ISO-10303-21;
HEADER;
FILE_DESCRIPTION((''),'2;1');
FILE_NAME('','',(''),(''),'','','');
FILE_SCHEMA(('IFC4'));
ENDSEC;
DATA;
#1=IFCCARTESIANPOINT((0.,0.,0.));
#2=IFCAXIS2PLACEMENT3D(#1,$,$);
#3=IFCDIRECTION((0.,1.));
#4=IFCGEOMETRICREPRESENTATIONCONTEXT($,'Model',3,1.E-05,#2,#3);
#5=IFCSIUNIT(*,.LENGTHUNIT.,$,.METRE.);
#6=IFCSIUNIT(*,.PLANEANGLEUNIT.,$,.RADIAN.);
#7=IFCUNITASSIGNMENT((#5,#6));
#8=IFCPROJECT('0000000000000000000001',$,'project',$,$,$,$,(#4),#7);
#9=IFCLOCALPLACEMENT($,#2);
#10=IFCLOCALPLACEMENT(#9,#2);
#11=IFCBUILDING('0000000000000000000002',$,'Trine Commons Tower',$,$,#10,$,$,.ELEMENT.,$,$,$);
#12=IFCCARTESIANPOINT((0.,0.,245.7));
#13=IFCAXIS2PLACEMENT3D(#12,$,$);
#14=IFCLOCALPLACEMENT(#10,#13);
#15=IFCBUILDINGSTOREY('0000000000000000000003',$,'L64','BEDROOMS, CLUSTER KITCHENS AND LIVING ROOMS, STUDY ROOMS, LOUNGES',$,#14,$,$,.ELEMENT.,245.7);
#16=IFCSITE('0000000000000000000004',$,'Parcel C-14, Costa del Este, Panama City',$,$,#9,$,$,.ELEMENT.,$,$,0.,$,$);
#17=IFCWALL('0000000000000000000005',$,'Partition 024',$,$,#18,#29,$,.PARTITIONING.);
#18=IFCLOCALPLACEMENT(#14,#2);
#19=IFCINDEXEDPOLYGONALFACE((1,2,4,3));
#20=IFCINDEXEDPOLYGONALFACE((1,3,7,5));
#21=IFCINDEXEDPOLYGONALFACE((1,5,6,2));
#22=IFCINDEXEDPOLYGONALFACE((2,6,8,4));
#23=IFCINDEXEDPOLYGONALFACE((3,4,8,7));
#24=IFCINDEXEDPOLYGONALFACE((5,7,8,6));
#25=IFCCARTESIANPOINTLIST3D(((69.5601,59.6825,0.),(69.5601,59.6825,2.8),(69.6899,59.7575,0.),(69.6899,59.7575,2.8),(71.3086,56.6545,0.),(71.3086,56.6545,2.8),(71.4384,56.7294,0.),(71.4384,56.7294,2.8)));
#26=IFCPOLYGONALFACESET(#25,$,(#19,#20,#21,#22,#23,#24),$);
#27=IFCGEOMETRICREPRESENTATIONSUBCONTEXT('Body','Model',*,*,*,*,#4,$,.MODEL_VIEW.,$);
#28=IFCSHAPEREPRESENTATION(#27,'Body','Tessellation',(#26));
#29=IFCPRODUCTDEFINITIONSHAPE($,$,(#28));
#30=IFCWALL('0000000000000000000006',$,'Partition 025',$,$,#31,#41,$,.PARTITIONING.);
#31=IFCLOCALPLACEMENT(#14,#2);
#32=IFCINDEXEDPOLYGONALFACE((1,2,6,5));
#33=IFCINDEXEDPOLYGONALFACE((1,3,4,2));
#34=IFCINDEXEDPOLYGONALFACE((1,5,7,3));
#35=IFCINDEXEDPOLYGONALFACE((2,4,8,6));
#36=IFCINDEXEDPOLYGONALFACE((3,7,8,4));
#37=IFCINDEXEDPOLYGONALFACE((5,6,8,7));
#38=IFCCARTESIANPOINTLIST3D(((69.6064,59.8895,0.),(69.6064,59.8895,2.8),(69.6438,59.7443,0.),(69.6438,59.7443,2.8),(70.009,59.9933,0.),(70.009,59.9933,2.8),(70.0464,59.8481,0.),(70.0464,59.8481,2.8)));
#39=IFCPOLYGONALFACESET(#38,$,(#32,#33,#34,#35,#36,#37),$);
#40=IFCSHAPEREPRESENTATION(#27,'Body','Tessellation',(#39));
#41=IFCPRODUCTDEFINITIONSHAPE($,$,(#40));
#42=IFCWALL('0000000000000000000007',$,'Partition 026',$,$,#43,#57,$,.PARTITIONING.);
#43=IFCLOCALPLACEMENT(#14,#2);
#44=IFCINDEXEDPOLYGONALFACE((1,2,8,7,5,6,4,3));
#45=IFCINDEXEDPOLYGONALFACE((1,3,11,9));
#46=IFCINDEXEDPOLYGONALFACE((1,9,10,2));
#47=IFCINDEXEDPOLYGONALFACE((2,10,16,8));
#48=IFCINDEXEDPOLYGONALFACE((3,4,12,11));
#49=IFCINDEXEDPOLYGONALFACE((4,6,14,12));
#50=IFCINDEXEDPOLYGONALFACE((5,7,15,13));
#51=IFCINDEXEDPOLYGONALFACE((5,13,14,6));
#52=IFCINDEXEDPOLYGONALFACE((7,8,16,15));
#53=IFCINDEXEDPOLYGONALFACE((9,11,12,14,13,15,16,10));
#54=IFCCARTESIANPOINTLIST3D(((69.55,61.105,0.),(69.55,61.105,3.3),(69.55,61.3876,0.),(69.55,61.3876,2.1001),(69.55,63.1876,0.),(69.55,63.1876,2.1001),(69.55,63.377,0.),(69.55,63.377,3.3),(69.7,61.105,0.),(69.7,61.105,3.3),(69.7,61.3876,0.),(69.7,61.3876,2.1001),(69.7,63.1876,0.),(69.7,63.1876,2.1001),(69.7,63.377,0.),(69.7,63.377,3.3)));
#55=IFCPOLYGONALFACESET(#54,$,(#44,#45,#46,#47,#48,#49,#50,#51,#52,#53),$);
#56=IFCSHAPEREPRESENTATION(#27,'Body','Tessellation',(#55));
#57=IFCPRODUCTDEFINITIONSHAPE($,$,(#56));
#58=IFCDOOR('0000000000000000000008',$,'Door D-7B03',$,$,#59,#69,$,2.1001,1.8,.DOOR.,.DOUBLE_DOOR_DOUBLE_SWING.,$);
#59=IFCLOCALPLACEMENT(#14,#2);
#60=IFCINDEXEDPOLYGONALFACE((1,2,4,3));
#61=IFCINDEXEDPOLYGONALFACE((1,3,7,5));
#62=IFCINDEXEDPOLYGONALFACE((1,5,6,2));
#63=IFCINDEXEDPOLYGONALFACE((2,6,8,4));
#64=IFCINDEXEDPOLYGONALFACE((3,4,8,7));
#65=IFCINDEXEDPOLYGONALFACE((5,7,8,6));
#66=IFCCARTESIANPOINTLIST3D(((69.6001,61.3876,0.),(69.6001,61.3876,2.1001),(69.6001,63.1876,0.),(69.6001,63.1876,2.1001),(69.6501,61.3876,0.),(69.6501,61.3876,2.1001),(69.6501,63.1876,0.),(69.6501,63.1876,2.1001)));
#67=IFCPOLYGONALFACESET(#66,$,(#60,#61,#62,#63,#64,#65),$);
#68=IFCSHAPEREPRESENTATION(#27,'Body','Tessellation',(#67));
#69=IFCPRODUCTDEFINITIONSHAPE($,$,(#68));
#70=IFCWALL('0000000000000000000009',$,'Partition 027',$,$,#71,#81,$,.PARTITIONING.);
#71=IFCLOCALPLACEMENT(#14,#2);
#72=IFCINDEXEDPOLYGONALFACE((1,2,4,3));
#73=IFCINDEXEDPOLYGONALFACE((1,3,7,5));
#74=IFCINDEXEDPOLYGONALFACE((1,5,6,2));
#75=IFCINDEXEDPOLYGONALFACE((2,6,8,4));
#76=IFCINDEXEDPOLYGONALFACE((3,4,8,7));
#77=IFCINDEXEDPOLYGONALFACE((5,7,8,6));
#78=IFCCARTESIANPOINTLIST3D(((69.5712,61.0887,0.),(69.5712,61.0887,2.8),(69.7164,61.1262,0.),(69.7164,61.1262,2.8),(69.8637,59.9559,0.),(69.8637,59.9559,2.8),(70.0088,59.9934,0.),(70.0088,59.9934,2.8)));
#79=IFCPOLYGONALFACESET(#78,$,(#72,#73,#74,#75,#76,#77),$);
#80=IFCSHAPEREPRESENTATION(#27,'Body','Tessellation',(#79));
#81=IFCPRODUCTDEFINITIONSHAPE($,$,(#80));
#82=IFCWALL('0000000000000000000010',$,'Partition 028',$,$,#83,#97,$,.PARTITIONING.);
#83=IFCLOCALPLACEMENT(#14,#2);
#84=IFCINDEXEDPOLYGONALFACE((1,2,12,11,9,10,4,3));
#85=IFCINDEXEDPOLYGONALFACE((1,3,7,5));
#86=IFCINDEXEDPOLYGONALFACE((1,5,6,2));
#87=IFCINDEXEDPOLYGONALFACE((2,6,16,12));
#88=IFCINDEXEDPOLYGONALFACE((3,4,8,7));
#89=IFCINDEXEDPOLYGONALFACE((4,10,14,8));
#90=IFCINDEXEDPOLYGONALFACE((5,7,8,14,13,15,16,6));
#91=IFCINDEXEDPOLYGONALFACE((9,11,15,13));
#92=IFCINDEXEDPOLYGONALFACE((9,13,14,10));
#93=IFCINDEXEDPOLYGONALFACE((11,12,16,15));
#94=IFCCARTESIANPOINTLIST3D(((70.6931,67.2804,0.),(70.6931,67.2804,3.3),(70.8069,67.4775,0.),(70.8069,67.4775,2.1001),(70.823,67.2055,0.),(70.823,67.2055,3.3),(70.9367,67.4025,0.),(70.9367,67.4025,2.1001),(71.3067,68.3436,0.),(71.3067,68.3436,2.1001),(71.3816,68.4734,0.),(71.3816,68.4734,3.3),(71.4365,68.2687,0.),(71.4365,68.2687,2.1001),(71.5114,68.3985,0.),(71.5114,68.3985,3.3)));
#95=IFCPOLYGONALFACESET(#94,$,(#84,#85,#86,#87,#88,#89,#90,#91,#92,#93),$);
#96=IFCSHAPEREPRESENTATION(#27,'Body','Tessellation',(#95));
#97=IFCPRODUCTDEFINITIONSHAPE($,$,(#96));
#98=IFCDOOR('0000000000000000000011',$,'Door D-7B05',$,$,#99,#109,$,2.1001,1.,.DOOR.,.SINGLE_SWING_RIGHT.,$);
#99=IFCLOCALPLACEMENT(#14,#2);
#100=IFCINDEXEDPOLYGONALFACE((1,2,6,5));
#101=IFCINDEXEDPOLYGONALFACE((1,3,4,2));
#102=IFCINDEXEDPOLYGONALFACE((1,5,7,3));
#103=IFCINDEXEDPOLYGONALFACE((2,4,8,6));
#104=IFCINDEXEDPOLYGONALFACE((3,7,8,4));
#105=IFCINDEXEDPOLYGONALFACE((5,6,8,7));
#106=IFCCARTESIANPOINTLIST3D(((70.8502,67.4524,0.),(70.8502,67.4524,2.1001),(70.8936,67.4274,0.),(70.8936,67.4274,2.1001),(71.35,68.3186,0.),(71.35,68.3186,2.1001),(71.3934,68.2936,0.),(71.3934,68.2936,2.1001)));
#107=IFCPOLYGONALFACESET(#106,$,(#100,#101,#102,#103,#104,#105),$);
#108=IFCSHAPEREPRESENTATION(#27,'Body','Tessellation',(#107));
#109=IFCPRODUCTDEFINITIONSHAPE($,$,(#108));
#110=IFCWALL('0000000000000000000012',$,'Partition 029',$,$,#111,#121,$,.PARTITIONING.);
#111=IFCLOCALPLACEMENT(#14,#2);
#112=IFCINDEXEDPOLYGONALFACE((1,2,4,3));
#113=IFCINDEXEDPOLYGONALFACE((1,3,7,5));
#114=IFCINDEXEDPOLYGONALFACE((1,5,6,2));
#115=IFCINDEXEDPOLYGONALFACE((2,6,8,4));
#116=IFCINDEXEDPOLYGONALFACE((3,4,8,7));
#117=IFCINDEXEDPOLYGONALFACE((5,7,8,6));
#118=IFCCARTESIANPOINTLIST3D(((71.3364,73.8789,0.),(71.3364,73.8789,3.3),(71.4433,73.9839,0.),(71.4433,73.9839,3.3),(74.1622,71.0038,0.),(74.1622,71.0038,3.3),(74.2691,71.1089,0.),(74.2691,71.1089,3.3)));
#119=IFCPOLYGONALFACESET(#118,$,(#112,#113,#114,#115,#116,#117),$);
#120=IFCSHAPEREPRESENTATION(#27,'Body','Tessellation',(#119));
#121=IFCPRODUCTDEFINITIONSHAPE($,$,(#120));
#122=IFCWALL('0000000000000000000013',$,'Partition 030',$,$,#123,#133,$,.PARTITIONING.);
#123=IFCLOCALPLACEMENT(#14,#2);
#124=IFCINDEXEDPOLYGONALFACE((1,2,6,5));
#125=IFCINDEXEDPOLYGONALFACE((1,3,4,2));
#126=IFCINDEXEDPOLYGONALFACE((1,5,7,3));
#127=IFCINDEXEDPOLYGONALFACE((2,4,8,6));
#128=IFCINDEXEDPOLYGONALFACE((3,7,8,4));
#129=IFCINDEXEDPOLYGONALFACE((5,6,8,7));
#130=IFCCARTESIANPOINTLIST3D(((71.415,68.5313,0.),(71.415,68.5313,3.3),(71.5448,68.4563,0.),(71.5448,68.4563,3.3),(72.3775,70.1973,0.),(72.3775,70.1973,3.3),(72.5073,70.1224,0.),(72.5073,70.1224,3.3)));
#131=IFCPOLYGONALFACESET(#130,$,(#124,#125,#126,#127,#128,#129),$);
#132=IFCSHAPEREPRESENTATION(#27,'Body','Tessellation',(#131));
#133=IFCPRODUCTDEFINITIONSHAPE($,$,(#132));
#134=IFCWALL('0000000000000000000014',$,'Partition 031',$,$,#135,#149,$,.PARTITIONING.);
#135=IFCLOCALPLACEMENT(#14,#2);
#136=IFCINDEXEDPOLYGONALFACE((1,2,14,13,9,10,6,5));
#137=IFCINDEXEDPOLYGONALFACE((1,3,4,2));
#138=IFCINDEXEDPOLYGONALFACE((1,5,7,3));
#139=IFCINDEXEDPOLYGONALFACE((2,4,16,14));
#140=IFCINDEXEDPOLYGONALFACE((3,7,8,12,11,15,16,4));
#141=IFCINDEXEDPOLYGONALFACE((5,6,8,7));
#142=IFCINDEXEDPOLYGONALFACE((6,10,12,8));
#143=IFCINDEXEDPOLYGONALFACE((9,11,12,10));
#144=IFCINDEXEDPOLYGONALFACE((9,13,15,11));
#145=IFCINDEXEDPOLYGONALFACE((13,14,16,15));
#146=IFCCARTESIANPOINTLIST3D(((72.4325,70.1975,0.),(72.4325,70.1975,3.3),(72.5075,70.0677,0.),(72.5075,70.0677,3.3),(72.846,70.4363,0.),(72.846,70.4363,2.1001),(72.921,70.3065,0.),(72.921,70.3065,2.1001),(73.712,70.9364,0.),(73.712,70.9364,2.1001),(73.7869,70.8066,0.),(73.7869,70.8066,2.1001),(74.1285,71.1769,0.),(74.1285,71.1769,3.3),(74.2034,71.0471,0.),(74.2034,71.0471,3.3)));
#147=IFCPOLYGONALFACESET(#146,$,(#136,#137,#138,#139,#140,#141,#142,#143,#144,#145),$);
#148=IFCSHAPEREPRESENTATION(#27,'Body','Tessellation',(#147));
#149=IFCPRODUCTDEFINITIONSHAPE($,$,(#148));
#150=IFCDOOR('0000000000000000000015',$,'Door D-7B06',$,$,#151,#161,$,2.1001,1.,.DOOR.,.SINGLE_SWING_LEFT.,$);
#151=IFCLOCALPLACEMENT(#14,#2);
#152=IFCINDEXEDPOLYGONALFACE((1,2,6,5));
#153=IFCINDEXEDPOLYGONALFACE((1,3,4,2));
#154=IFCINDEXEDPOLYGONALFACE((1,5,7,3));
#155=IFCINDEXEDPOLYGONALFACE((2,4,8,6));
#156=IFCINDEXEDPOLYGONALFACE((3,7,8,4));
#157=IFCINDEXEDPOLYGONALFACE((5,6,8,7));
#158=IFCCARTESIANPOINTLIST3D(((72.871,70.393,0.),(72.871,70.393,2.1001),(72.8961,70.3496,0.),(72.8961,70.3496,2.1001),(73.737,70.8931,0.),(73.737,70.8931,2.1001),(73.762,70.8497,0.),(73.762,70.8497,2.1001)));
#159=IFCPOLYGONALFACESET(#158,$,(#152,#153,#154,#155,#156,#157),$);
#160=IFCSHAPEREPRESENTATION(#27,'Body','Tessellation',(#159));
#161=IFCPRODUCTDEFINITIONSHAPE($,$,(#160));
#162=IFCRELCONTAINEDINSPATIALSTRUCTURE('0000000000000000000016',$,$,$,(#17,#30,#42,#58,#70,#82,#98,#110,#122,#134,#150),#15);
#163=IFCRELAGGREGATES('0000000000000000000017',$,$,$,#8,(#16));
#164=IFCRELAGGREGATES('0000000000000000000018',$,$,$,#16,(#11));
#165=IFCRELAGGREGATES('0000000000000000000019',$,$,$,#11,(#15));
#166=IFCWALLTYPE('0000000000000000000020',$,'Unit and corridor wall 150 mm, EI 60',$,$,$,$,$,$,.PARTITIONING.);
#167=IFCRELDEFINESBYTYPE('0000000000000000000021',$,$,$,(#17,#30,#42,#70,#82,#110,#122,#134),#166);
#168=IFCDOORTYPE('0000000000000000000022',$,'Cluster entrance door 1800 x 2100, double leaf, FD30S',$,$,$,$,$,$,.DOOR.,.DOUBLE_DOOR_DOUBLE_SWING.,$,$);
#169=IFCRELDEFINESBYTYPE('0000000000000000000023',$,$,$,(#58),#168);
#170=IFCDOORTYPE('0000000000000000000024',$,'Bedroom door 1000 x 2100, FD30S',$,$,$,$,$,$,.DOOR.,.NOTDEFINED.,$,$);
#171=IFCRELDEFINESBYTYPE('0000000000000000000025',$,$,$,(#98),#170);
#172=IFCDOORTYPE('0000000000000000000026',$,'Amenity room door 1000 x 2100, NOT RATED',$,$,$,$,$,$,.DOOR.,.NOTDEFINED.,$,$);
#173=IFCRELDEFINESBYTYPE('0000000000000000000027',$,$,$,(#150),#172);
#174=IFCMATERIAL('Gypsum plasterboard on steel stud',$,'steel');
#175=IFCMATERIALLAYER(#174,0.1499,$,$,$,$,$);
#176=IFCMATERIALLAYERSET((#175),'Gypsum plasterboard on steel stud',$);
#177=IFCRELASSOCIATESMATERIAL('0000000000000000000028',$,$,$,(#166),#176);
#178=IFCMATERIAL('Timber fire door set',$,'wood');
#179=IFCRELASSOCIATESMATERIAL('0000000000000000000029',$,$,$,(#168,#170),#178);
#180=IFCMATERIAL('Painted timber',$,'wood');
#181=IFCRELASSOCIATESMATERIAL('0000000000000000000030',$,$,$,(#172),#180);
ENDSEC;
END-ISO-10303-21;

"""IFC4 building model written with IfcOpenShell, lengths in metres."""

from ifc_helpers import new_model, si_unit, direction, frame, frame_2d, origin, place, context, subcontext, project, spatial, rectangle, extrude, material, layer, layer_set, type_object, element, fill, save


model = new_model("IFC4")

# Units and contexts
model_context = context("Model", 3, precision=1e-05, world=origin(), true_north=direction((0.0, 1.0)))
body_context = subcontext(model_context, "Body", "Model", "MODEL_VIEW")
ifc_project = project(units=[si_unit("LENGTHUNIT", "METRE"), si_unit("PLANEANGLEUNIT", "RADIAN")], contexts=[model_context])

# Site, building, storey
site_placement = place(None, origin())
site = spatial("IfcSite", under=ifc_project, at=site_placement, Name="Parcel C-14, Costa del Este, Panama City", CompositionType="ELEMENT", RefElevation=0.0)
building_placement = place(site_placement, origin())
building = spatial("IfcBuilding", under=site, at=building_placement, Name="Trine Commons Tower", CompositionType="ELEMENT")
storey_placement = place(building_placement, frame((0.0, 0.0, 245.7)))
storey = spatial("IfcBuildingStorey", under=building, at=storey_placement, Name="L64", Description="BEDROOMS, CLUSTER KITCHENS AND LIVING ROOMS, STUDY ROOMS, LOUNGES", CompositionType="ELEMENT", Elevation=245.7)

# Walls
ifc_material_1 = material(Name="Gypsum plasterboard on steel stud", Category="steel")
ifc_layer_1 = layer(ifc_material_1, 0.1499)
ifc_layer_set_1 = layer_set([ifc_layer_1], Name="Gypsum plasterboard on steel stud")
wall_type_1 = type_object("IfcWallType", Name="Unit and corridor wall 150 mm, EI 60", PredefinedType="PARTITIONING", material=ifc_layer_set_1)
wall_1_placement = place(storey_placement, frame((69.625, 59.72, 0.0), z_axis=(0.0, 0.0, 1.0), x_axis=(0.500059, -0.865991, 0.0)))
element("IfcWall", 1, at=wall_1_placement, inside=storey, type_object=wall_type_1, Name="Partition 024", PredefinedType="PARTITIONING", context=body_context, shape_type="SweptSolid", body=[
    extrude(rectangle(XDim=3.4966, YDim=0.1499, at=frame_2d((1.7483, 0.0))), origin(), (0.0, 0.0, 1.0), 2.8),
])
wall_2_placement = place(storey_placement, frame((69.625, 59.8169, 0.0), z_axis=(0.0, 0.0, 1.0), x_axis=(0.968355, 0.249576, 0.0)))
element("IfcWall", 2, at=wall_2_placement, inside=storey, type_object=wall_type_1, Name="Partition 025", PredefinedType="PARTITIONING", context=body_context, shape_type="SweptSolid", body=[
    extrude(rectangle(XDim=0.4158, YDim=0.1499, at=frame_2d((0.208, 0.0))), origin(), (0.0, 0.0, 1.0), 2.8),
])

# Wall, opening, door
wall_3_placement = place(storey_placement, frame((69.625, 61.105, 0.0), z_axis=(0.0, 0.0, 1.0), x_axis=(0.0, 1.0, 0.0)))
wall_3 = element("IfcWall", 3, at=wall_3_placement, inside=storey, type_object=wall_type_1, Name="Partition 026", PredefinedType="PARTITIONING", context=body_context, shape_type="SweptSolid", body=[
    extrude(rectangle(XDim=2.272, YDim=0.1499, at=frame_2d((1.136, 0.0))), origin(), (0.0, 0.0, 1.0), 3.3),
])
opening_1_placement = place(wall_3_placement, frame((0.2827, 0.0, 0.0)))
opening_1 = element("IfcOpeningElement", 4, at=opening_1_placement, cuts=wall_3, PredefinedType="OPENING", context=body_context, shape_type="SweptSolid", body=[
    extrude(rectangle(XDim=1.8, YDim=2.1001, at=frame_2d((0.8999, 1.05))), frame((0.0, 0.085, 0.0), z_axis=(0.0, -1.0, 0.0), x_axis=(1.0, 0.0, 0.0)), (0.0, 0.0, 1.0), 0.1699),
])
ifc_material_2 = material(Name="Timber fire door set", Category="wood")
door_type_1 = type_object("IfcDoorType", Name="Cluster entrance door 1800 x 2100, double leaf, FD30S", OperationType="DOUBLE_DOOR_DOUBLE_SWING", PredefinedType="DOOR", material=ifc_material_2)
door_1_placement = place(opening_1_placement, origin())
door_1 = element("IfcDoor", 5, at=door_1_placement, inside=storey, type_object=door_type_1, Name="Door D-7B03", OperationType="DOUBLE_DOOR_DOUBLE_SWING", OverallHeight=2.1001, OverallWidth=1.8, PredefinedType="DOOR", context=body_context, shape_type="SweptSolid", body=[
    extrude(rectangle(XDim=1.8, YDim=2.1001, at=frame_2d((0.8999, 1.05))), frame((0.0, 0.0249, 0.0), z_axis=(0.0, -1.0, 0.0), x_axis=(1.0, 0.0, 0.0)), (0.0, 0.0, 1.0), 0.05),
])
fill(opening_1, door_1)

# Wall
wall_4_placement = place(storey_placement, frame((69.6438, 61.1074, 0.0), z_axis=(0.0, 0.0, 1.0), x_axis=(0.249992, -0.968248, 0.0)))
element("IfcWall", 6, at=wall_4_placement, inside=storey, type_object=wall_type_1, Name="Partition 027", PredefinedType="PARTITIONING", context=body_context, shape_type="SweptSolid", body=[
    extrude(rectangle(XDim=1.1699, YDim=0.1499, at=frame_2d((0.585, 0.0))), origin(), (0.0, 0.0, 1.0), 2.8),
])

# Wall, opening, door
wall_5_placement = place(storey_placement, frame((70.7581, 67.2429, 0.0), z_axis=(0.0, 0.0, 1.0), x_axis=(0.499799, 0.866141, 0.0)))
wall_5 = element("IfcWall", 7, at=wall_5_placement, inside=storey, type_object=wall_type_1, Name="Partition 028", PredefinedType="PARTITIONING", context=body_context, shape_type="SweptSolid", body=[
    extrude(rectangle(XDim=1.3774, YDim=0.1499, at=frame_2d((0.6887, 0.0))), origin(), (0.0, 0.0, 1.0), 3.3),
])
opening_2_placement = place(wall_5_placement, frame((0.2275, 0.0, 0.0)))
opening_2 = element("IfcOpeningElement", 8, at=opening_2_placement, cuts=wall_5, PredefinedType="OPENING", context=body_context, shape_type="SweptSolid", body=[
    extrude(rectangle(XDim=1.0, YDim=2.1001, at=frame_2d((0.5, 1.05))), frame((0.0, 0.085, 0.0), z_axis=(0.0, -1.0, 0.0), x_axis=(1.0, 0.0, 0.0)), (0.0, 0.0, 1.0), 0.1699),
])
door_type_2 = type_object("IfcDoorType", Name="Bedroom door 1000 x 2100, FD30S", OperationType="NOTDEFINED", PredefinedType="DOOR", material=ifc_material_2)
door_2_placement = place(opening_2_placement, origin())
door_2 = element("IfcDoor", 9, at=door_2_placement, inside=storey, type_object=door_type_2, Name="Door D-7B05", OperationType="SINGLE_SWING_RIGHT", OverallHeight=2.1001, OverallWidth=1.0, PredefinedType="DOOR", context=body_context, shape_type="SweptSolid", body=[
    extrude(rectangle(XDim=1.0, YDim=2.1001, at=frame_2d((0.5, 1.05))), frame((0.0, 0.0249, 0.0), z_axis=(0.0, -1.0, 0.0), x_axis=(1.0, 0.0, 0.0)), (0.0, 0.0, 1.0), 0.05),
])
fill(opening_2, door_2)

# Walls
wall_6_placement = place(storey_placement, frame((71.3899, 73.9314, 0.0), z_axis=(0.0, 0.0, 1.0), x_axis=(0.700963, -0.713197, 0.0)))
element("IfcWall", 10, at=wall_6_placement, inside=storey, type_object=wall_type_1, Name="Partition 029", PredefinedType="PARTITIONING", context=body_context, shape_type="SweptSolid", body=[
    extrude(rectangle(XDim=4.0312, YDim=0.1499, at=frame_2d((2.0156, 0.0))), origin(), (0.0, 0.0, 1.0), 3.3),
])
wall_7_placement = place(storey_placement, frame((71.48, 68.4939, 0.0), z_axis=(0.0, 0.0, 1.0), x_axis=(0.500206, 0.865907, 0.0)))
element("IfcWall", 11, at=wall_7_placement, inside=storey, type_object=wall_type_1, Name="Partition 030", PredefinedType="PARTITIONING", context=body_context, shape_type="SweptSolid", body=[
    extrude(rectangle(XDim=1.9241, YDim=0.1499, at=frame_2d((0.9619, 0.0))), origin(), (0.0, 0.0, 1.0), 3.3),
])

# Wall, opening, door
wall_8_placement = place(storey_placement, frame((72.47, 70.1326, 0.0), z_axis=(0.0, 0.0, 1.0), x_axis=(0.865963, 0.500107, 0.0)))
wall_8 = element("IfcWall", 12, at=wall_8_placement, inside=storey, type_object=wall_type_1, Name="Partition 031", PredefinedType="PARTITIONING", context=body_context, shape_type="SweptSolid", body=[
    extrude(rectangle(XDim=1.9585, YDim=0.1499, at=frame_2d((0.9792, 0.0))), origin(), (0.0, 0.0, 1.0), 3.3),
])
opening_3_placement = place(wall_8_placement, frame((0.4775, 0.0, 0.0)))
opening_3 = element("IfcOpeningElement", 13, at=opening_3_placement, cuts=wall_8, PredefinedType="OPENING", context=body_context, shape_type="SweptSolid", body=[
    extrude(rectangle(XDim=1.0, YDim=2.1001, at=frame_2d((0.5, 1.05))), frame((0.0, 0.085, 0.0), z_axis=(0.0, -1.0, 0.0), x_axis=(1.0, 0.0, 0.0)), (0.0, 0.0, 1.0), 0.1699),
])
ifc_material_3 = material(Name="Painted timber", Category="wood")
door_type_3 = type_object("IfcDoorType", Name="Amenity room door 1000 x 2100, NOT RATED", OperationType="NOTDEFINED", PredefinedType="DOOR", material=ifc_material_3)
door_3_placement = place(opening_3_placement, origin())
door_3 = element("IfcDoor", 14, at=door_3_placement, inside=storey, type_object=door_type_3, Name="Door D-7B06", OperationType="SINGLE_SWING_LEFT", OverallHeight=2.1001, OverallWidth=1.0, PredefinedType="DOOR", context=body_context, shape_type="SweptSolid", body=[
    extrude(rectangle(XDim=1.0, YDim=2.1001, at=frame_2d((0.5, 1.05))), frame((0.0, 0.0249, 0.0), z_axis=(0.0, -1.0, 0.0), x_axis=(1.0, 0.0, 0.0)), (0.0, 0.0, 1.0), 0.05),
])
fill(opening_3, door_3)

save(model, "model.ifc")
